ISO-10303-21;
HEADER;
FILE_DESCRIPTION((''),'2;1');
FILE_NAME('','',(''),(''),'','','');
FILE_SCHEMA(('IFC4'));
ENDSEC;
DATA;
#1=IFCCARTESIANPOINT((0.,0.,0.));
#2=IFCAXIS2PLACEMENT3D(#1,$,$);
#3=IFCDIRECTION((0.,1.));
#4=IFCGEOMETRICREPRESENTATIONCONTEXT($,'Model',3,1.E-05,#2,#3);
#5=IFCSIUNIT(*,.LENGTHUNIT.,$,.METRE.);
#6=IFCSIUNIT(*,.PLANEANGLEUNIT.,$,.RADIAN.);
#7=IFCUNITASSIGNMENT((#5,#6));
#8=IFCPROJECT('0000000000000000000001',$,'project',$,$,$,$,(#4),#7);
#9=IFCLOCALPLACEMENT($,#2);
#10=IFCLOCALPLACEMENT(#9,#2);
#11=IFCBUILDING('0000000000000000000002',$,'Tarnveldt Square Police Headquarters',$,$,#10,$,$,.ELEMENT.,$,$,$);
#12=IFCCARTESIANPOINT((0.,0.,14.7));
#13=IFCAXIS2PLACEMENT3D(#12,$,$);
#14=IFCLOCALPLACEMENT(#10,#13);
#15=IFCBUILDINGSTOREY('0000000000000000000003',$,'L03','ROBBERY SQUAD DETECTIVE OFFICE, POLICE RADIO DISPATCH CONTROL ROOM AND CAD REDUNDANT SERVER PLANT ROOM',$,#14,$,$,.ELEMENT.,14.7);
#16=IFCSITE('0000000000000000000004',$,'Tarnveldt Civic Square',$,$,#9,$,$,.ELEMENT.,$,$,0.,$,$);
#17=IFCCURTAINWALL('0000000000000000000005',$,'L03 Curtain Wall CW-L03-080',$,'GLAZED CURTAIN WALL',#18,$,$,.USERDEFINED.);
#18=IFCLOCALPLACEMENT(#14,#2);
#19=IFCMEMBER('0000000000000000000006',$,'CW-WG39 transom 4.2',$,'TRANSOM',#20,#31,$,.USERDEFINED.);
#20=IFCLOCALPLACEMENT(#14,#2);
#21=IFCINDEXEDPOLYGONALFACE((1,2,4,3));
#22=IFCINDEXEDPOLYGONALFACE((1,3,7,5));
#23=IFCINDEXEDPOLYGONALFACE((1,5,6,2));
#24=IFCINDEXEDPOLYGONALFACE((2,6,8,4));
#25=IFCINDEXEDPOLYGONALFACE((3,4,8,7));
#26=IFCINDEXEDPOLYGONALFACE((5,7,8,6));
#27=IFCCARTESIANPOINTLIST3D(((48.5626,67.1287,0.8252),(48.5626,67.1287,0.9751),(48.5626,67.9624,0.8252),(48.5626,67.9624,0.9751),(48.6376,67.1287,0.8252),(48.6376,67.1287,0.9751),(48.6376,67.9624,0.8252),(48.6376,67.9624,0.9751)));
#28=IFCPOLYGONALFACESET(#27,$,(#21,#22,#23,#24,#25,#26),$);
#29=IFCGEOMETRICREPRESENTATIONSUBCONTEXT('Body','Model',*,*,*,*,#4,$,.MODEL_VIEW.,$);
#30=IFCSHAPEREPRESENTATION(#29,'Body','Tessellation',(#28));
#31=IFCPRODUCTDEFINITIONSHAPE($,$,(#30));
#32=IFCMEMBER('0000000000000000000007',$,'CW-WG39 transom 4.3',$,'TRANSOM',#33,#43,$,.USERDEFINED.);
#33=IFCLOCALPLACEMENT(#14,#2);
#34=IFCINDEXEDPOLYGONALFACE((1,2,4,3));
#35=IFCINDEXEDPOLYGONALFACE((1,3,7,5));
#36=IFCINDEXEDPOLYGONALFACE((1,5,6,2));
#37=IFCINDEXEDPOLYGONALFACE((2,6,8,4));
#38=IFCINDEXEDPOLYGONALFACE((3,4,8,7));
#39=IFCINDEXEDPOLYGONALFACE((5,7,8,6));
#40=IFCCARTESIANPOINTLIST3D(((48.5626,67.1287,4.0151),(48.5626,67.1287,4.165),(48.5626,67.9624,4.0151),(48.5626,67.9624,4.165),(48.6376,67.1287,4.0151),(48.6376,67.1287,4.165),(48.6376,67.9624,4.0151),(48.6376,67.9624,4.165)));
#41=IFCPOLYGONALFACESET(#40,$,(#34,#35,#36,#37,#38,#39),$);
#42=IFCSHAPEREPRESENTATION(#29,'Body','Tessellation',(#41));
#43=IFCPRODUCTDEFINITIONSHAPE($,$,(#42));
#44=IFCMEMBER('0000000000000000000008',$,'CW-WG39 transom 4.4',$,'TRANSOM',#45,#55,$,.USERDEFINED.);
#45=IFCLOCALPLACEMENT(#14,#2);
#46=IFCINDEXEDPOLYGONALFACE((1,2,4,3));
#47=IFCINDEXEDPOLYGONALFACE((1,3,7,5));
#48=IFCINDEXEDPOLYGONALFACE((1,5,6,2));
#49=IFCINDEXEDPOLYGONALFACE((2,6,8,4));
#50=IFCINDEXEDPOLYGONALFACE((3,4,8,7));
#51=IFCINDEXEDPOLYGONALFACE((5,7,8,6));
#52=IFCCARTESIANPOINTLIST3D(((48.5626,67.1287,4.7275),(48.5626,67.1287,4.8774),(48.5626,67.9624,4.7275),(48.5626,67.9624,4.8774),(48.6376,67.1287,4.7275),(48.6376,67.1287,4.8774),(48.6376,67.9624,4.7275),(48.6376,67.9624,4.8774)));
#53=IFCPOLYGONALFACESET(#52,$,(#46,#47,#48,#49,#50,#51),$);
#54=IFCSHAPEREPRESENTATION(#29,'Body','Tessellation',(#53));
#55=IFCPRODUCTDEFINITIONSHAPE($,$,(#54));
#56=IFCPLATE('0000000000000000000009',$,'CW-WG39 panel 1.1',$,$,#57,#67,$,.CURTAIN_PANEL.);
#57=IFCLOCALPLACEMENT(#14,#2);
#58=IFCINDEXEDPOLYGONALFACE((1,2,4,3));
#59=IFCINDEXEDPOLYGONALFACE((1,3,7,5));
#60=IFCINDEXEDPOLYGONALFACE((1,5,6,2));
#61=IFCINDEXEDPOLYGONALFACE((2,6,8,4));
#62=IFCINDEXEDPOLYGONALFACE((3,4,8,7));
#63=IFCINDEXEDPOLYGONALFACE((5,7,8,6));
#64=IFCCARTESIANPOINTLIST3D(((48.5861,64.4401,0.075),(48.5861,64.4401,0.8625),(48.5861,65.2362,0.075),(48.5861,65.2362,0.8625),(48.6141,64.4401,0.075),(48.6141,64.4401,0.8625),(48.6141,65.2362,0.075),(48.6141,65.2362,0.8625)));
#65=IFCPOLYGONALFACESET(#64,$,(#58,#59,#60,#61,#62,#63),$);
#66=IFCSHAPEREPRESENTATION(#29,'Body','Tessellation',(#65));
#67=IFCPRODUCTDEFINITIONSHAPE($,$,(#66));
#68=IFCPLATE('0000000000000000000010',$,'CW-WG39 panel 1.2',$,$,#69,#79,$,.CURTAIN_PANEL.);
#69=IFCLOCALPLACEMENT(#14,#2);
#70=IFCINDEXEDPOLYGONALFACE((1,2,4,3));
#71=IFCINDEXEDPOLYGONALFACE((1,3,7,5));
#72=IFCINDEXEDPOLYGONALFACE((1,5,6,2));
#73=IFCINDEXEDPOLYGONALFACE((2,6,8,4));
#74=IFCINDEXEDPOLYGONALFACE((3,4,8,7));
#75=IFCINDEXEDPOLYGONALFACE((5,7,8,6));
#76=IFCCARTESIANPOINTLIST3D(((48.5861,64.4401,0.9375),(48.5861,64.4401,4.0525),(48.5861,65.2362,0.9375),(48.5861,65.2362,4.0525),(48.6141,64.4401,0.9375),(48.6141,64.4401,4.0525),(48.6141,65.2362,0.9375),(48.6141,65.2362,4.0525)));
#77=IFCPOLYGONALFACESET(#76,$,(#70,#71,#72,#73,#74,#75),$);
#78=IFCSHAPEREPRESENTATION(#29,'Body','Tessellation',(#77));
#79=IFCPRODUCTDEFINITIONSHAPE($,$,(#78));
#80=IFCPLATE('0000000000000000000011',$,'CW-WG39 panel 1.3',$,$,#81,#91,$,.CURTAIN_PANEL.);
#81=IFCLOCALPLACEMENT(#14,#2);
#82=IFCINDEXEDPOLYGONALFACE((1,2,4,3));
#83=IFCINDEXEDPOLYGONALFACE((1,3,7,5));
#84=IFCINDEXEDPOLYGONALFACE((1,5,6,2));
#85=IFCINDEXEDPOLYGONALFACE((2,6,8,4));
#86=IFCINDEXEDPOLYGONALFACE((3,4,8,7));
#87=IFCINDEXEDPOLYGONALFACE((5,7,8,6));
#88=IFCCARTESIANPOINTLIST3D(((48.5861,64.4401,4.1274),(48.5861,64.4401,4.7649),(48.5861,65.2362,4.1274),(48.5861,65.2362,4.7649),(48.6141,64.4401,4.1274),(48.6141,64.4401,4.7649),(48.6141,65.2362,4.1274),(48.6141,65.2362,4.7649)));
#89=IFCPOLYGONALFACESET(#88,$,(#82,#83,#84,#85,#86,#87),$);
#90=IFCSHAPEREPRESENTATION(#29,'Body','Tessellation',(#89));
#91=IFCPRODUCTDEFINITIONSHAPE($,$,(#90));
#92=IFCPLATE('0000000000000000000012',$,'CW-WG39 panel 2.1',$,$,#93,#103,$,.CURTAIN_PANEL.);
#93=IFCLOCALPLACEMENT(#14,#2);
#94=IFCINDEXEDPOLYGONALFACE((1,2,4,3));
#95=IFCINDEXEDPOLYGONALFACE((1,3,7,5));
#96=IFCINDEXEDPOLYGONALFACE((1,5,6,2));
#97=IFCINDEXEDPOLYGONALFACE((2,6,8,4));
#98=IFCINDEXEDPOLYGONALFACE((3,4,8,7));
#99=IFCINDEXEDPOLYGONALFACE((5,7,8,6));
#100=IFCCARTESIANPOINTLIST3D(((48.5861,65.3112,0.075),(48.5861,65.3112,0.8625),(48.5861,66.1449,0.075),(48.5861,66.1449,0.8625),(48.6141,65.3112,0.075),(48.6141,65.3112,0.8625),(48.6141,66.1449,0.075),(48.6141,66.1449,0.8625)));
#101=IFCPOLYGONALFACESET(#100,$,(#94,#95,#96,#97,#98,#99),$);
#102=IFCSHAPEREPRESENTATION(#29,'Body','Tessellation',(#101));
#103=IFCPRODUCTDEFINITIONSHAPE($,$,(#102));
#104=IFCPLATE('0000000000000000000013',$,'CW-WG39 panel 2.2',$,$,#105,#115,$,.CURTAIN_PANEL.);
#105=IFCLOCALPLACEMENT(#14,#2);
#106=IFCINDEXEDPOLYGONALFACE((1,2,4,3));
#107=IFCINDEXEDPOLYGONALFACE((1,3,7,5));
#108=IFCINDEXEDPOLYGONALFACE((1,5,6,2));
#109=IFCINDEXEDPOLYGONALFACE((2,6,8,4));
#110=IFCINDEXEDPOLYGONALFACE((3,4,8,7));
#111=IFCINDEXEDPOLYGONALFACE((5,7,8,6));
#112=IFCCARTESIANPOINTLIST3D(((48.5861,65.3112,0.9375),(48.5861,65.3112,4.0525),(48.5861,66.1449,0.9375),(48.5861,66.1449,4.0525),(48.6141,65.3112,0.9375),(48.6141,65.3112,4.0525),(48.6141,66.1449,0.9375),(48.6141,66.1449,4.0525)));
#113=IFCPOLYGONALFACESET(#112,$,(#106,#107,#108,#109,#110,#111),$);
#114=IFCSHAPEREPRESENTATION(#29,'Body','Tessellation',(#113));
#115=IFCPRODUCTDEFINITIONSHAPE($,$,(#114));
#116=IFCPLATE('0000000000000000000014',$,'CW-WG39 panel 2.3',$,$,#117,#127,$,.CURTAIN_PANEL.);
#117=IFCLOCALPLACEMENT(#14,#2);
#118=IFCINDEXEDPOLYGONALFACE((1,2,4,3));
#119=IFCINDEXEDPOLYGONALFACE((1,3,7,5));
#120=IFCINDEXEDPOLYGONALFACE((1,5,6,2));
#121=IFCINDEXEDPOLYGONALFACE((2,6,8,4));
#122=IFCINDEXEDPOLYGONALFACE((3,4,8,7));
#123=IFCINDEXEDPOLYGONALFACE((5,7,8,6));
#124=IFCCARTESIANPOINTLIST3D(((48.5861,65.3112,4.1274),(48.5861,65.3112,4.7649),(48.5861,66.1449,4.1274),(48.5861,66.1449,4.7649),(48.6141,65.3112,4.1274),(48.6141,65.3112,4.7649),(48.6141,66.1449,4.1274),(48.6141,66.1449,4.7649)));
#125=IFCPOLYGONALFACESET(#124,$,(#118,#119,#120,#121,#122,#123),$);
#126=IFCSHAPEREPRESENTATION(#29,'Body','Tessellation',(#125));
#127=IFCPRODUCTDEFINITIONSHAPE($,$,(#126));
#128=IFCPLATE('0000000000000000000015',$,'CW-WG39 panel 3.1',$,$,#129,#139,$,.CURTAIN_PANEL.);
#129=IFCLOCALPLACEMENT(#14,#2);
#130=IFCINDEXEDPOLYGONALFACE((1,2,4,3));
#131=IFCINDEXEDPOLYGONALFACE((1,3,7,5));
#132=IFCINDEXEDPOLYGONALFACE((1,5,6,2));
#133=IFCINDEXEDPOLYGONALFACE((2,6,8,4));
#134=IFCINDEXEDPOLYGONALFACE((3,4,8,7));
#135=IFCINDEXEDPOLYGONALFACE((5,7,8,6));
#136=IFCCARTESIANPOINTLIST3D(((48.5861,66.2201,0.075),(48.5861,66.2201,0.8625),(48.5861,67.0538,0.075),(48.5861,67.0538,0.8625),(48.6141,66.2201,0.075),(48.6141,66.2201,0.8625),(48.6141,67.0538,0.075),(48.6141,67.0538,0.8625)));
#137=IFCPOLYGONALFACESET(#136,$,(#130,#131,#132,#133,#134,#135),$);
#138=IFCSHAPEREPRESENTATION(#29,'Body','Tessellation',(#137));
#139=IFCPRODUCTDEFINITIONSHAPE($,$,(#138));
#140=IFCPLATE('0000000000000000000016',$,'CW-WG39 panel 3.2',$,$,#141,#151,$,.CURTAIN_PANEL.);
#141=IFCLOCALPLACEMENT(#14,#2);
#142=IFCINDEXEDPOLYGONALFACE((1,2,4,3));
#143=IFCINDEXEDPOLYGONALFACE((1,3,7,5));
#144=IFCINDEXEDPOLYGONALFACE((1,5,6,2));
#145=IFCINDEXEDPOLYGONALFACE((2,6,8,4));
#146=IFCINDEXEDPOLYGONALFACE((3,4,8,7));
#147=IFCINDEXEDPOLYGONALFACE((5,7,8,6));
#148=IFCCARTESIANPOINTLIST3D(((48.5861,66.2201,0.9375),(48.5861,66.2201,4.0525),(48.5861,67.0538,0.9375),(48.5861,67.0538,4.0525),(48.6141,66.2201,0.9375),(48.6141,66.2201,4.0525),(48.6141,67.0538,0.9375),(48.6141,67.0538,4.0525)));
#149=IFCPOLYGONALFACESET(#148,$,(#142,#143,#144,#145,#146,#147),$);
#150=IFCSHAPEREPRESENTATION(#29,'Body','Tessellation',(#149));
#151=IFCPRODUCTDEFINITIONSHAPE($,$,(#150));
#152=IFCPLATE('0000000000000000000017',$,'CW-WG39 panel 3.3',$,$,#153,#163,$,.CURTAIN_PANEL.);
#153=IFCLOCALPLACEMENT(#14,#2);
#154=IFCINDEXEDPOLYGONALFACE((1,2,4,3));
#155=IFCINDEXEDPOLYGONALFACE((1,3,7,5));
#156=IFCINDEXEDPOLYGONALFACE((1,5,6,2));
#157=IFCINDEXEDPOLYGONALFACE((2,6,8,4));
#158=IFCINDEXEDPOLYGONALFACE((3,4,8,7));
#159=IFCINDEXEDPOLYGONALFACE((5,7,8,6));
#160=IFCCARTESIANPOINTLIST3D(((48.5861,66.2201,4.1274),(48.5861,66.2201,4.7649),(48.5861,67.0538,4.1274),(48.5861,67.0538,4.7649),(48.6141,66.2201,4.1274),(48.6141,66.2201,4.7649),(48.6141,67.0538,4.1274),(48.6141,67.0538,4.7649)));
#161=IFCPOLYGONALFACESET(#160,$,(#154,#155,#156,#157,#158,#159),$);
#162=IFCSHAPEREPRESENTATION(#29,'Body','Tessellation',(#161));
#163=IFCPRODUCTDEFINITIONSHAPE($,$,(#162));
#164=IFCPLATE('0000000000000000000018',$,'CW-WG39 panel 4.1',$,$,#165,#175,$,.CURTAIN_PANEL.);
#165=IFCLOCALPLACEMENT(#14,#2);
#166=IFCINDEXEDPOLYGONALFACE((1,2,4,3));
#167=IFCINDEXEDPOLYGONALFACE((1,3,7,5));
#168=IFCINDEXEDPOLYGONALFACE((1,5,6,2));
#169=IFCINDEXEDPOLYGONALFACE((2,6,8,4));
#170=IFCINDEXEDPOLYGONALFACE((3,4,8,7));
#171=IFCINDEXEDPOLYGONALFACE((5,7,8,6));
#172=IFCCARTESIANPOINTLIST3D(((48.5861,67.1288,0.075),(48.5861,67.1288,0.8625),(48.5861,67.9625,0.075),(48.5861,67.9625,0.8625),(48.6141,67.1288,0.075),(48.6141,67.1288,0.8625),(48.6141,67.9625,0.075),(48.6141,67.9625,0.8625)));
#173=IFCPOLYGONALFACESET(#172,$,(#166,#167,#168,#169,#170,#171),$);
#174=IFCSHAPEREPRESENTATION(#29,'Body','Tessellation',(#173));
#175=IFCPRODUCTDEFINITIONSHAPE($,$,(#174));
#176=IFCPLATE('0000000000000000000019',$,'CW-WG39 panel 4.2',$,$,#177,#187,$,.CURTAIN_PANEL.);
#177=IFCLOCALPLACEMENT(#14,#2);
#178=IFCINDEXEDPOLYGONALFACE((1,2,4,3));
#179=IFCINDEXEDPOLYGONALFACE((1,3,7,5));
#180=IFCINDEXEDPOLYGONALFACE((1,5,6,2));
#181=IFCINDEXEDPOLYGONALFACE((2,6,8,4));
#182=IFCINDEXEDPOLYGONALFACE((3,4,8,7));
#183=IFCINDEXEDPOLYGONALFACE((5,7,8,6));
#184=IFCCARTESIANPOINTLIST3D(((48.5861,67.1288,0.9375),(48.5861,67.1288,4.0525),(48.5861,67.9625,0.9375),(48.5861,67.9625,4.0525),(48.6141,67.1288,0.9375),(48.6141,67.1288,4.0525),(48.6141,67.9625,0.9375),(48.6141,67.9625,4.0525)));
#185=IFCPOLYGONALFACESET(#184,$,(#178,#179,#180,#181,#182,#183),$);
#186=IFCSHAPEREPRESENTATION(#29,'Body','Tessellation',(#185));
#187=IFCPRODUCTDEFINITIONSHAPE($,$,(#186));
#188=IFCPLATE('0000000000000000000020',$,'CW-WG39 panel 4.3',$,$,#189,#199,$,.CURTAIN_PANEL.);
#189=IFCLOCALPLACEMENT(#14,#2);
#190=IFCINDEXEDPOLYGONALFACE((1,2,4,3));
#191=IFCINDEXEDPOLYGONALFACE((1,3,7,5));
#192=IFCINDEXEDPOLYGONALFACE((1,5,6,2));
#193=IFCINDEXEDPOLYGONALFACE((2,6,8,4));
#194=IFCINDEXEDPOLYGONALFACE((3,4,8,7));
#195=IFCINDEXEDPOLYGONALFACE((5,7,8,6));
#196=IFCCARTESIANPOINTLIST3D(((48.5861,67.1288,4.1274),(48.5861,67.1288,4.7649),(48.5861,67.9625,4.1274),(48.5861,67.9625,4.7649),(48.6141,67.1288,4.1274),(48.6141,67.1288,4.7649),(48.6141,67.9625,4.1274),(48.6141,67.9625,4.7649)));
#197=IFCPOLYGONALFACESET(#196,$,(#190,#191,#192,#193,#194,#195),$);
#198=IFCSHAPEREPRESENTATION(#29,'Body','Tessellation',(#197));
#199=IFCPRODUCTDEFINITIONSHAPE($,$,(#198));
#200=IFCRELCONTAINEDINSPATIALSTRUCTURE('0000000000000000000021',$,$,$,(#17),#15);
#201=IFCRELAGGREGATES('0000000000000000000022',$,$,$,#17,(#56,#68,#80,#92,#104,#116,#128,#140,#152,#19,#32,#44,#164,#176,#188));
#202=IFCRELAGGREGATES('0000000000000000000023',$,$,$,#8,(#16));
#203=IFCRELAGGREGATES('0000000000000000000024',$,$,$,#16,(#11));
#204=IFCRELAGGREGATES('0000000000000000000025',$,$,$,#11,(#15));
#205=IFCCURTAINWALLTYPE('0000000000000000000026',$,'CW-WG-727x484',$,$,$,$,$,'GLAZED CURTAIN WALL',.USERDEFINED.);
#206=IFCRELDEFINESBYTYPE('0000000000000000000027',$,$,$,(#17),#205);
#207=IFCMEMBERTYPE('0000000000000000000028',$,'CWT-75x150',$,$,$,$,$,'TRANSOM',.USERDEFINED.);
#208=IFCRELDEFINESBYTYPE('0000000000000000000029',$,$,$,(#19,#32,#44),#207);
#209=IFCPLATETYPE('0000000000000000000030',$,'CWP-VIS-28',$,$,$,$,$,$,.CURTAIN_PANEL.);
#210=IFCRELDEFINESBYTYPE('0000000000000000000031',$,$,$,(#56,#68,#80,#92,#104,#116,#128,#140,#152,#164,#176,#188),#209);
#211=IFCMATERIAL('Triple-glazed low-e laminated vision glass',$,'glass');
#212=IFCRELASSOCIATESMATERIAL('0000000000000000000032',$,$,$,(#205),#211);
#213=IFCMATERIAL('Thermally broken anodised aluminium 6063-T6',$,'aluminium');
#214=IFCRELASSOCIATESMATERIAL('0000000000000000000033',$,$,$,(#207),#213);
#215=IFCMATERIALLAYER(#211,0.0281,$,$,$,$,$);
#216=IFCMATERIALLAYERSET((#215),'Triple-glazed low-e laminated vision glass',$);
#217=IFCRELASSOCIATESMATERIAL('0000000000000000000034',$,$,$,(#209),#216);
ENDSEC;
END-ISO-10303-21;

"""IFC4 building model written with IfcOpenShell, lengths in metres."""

from ifc_helpers import new_model, si_unit, direction, frame, origin, origin_2d, place, context, subcontext, project, spatial, rectangle, extrude, material, layer, layer_set, material_profile, profile_set, type_object, element, aggregate, save


model = new_model("IFC4")

# Units and contexts
model_context = context("Model", 3, precision=1e-05, world=origin(), true_north=direction((0.0, 1.0)))
body_context = subcontext(model_context, "Body", "Model", "MODEL_VIEW")
ifc_project = project(units=[si_unit("LENGTHUNIT", "METRE"), si_unit("PLANEANGLEUNIT", "RADIAN")], contexts=[model_context])

# Site, building, storey
site_placement = place(None, origin())
site = spatial("IfcSite", under=ifc_project, at=site_placement, Name="Tarnveldt Civic Square", CompositionType="ELEMENT", RefElevation=0.0)
building_placement = place(site_placement, origin())
building = spatial("IfcBuilding", under=site, at=building_placement, Name="Tarnveldt Square Police Headquarters", CompositionType="ELEMENT")
storey_placement = place(building_placement, frame((0.0, 0.0, 14.7)))
storey = spatial("IfcBuildingStorey", under=building, at=storey_placement, Name="L03", Description="ROBBERY SQUAD DETECTIVE OFFICE, POLICE RADIO DISPATCH CONTROL ROOM AND CAD REDUNDANT SERVER PLANT ROOM", CompositionType="ELEMENT", Elevation=14.7)

# Curtain wall, members, plates
ifc_material_1 = material(Name="Triple-glazed low-e laminated vision glass", Category="glass")
curtain_wall_type = type_object("IfcCurtainWallType", Name="CW-WG-727x484", ElementType="GLAZED CURTAIN WALL", PredefinedType="USERDEFINED", material=ifc_material_1)
curtain_wall_placement = place(storey_placement, origin())
curtain_wall = element("IfcCurtainWall", 1, at=curtain_wall_placement, inside=storey, type_object=curtain_wall_type, Name="L03 Curtain Wall CW-L03-080", ObjectType="GLAZED CURTAIN WALL", PredefinedType="USERDEFINED")
ifc_material_2 = material(Name="Thermally broken anodised aluminium 6063-T6", Category="aluminium")
ifc_material_profile_1 = material_profile(ifc_material_2, rectangle(XDim=0.075, YDim=0.1499, at=origin_2d()), Name="CW-T75x150")
ifc_profile_set_1 = profile_set([ifc_material_profile_1], Name="Thermally broken anodised aluminium 6063-T6")
member_type_1 = type_object("IfcMemberType", Name="CWT-75x150", ElementType="TRANSOM", PredefinedType="USERDEFINED", material=ifc_profile_set_1)
member_1_placement = place(storey_placement, frame((48.6001, 67.1287, 0.9001), z_axis=(0.0, 1.0, 0.0), x_axis=(-1.0, 0.0, 0.0)))
member_1 = element("IfcMember", 2, at=member_1_placement, type_object=member_type_1, Name="CW-WG39 transom 4.2", ObjectType="TRANSOM", PredefinedType="USERDEFINED", context=body_context, shape_type="SweptSolid", body=[
    extrude(rectangle(XDim=0.075, YDim=0.1499, at=origin_2d()), origin(), (0.0, 0.0, 1.0), 0.8337),
])
member_2_placement = place(storey_placement, frame((48.6001, 67.1287, 4.0901), z_axis=(0.0, 1.0, 0.0), x_axis=(-1.0, 0.0, 0.0)))
member_2 = element("IfcMember", 3, at=member_2_placement, type_object=member_type_1, Name="CW-WG39 transom 4.3", ObjectType="TRANSOM", PredefinedType="USERDEFINED", context=body_context, shape_type="SweptSolid", body=[
    extrude(rectangle(XDim=0.075, YDim=0.1499, at=origin_2d()), origin(), (0.0, 0.0, 1.0), 0.8337),
])
member_3_placement = place(storey_placement, frame((48.6001, 67.1287, 4.8025), z_axis=(0.0, 1.0, 0.0), x_axis=(-1.0, 0.0, 0.0)))
member_3 = element("IfcMember", 4, at=member_3_placement, type_object=member_type_1, Name="CW-WG39 transom 4.4", ObjectType="TRANSOM", PredefinedType="USERDEFINED", context=body_context, shape_type="SweptSolid", body=[
    extrude(rectangle(XDim=0.075, YDim=0.1499, at=origin_2d()), origin(), (0.0, 0.0, 1.0), 0.8337),
])
ifc_layer = layer(ifc_material_1, 0.0281)
ifc_layer_set = layer_set([ifc_layer], Name="Triple-glazed low-e laminated vision glass")
plate_type = type_object("IfcPlateType", Name="CWP-VIS-28", PredefinedType="CURTAIN_PANEL", material=ifc_layer_set)
plate_1_placement = place(storey_placement, frame((48.6001, 64.8381, 0.075), z_axis=(0.0, 0.0, 1.0), x_axis=(0.0, 1.0, 0.0)))
plate_1 = element("IfcPlate", 5, at=plate_1_placement, type_object=plate_type, Name="CW-WG39 panel 1.1", PredefinedType="CURTAIN_PANEL", context=body_context, shape_type="SweptSolid", body=[
    extrude(rectangle(XDim=0.7961, YDim=0.0281, at=origin_2d()), origin(), (0.0, 0.0, 1.0), 0.7876),
])
plate_2_placement = place(storey_placement, frame((48.6001, 64.8381, 0.9375), z_axis=(0.0, 0.0, 1.0), x_axis=(0.0, 1.0, 0.0)))
plate_2 = element("IfcPlate", 6, at=plate_2_placement, type_object=plate_type, Name="CW-WG39 panel 1.2", PredefinedType="CURTAIN_PANEL", context=body_context, shape_type="SweptSolid", body=[
    extrude(rectangle(XDim=0.7961, YDim=0.0281, at=origin_2d()), origin(), (0.0, 0.0, 1.0), 3.115),
])
plate_3_placement = place(storey_placement, frame((48.6001, 64.8381, 4.1274), z_axis=(0.0, 0.0, 1.0), x_axis=(0.0, 1.0, 0.0)))
plate_3 = element("IfcPlate", 7, at=plate_3_placement, type_object=plate_type, Name="CW-WG39 panel 1.3", PredefinedType="CURTAIN_PANEL", context=body_context, shape_type="SweptSolid", body=[
    extrude(rectangle(XDim=0.7961, YDim=0.0281, at=origin_2d()), origin(), (0.0, 0.0, 1.0), 0.6375),
])
plate_4_placement = place(storey_placement, frame((48.6001, 65.728, 0.075), z_axis=(0.0, 0.0, 1.0), x_axis=(0.0, 1.0, 0.0)))
plate_4 = element("IfcPlate", 8, at=plate_4_placement, type_object=plate_type, Name="CW-WG39 panel 2.1", PredefinedType="CURTAIN_PANEL", context=body_context, shape_type="SweptSolid", body=[
    extrude(rectangle(XDim=0.8337, YDim=0.0281, at=origin_2d()), origin(), (0.0, 0.0, 1.0), 0.7876),
])
plate_5_placement = place(storey_placement, frame((48.6001, 65.728, 0.9375), z_axis=(0.0, 0.0, 1.0), x_axis=(0.0, 1.0, 0.0)))
plate_5 = element("IfcPlate", 9, at=plate_5_placement, type_object=plate_type, Name="CW-WG39 panel 2.2", PredefinedType="CURTAIN_PANEL", context=body_context, shape_type="SweptSolid", body=[
    extrude(rectangle(XDim=0.8337, YDim=0.0281, at=origin_2d()), origin(), (0.0, 0.0, 1.0), 3.115),
])
plate_6_placement = place(storey_placement, frame((48.6001, 65.728, 4.1274), z_axis=(0.0, 0.0, 1.0), x_axis=(0.0, 1.0, 0.0)))
plate_6 = element("IfcPlate", 10, at=plate_6_placement, type_object=plate_type, Name="CW-WG39 panel 2.3", PredefinedType="CURTAIN_PANEL", context=body_context, shape_type="SweptSolid", body=[
    extrude(rectangle(XDim=0.8337, YDim=0.0281, at=origin_2d()), origin(), (0.0, 0.0, 1.0), 0.6375),
])
plate_7_placement = place(storey_placement, frame((48.6001, 66.637, 0.075), z_axis=(0.0, 0.0, 1.0), x_axis=(0.0, 1.0, 0.0)))
plate_7 = element("IfcPlate", 11, at=plate_7_placement, type_object=plate_type, Name="CW-WG39 panel 3.1", PredefinedType="CURTAIN_PANEL", context=body_context, shape_type="SweptSolid", body=[
    extrude(rectangle(XDim=0.8337, YDim=0.0281, at=origin_2d()), origin(), (0.0, 0.0, 1.0), 0.7876),
])
plate_8_placement = place(storey_placement, frame((48.6001, 66.637, 0.9375), z_axis=(0.0, 0.0, 1.0), x_axis=(0.0, 1.0, 0.0)))
plate_8 = element("IfcPlate", 12, at=plate_8_placement, type_object=plate_type, Name="CW-WG39 panel 3.2", PredefinedType="CURTAIN_PANEL", context=body_context, shape_type="SweptSolid", body=[
    extrude(rectangle(XDim=0.8337, YDim=0.0281, at=origin_2d()), origin(), (0.0, 0.0, 1.0), 3.115),
])
plate_9_placement = place(storey_placement, frame((48.6001, 66.637, 4.1274), z_axis=(0.0, 0.0, 1.0), x_axis=(0.0, 1.0, 0.0)))
plate_9 = element("IfcPlate", 13, at=plate_9_placement, type_object=plate_type, Name="CW-WG39 panel 3.3", PredefinedType="CURTAIN_PANEL", context=body_context, shape_type="SweptSolid", body=[
    extrude(rectangle(XDim=0.8337, YDim=0.0281, at=origin_2d()), origin(), (0.0, 0.0, 1.0), 0.6375),
])
plate_10_placement = place(storey_placement, frame((48.6001, 67.5457, 0.075), z_axis=(0.0, 0.0, 1.0), x_axis=(0.0, 1.0, 0.0)))
plate_10 = element("IfcPlate", 14, at=plate_10_placement, type_object=plate_type, Name="CW-WG39 panel 4.1", PredefinedType="CURTAIN_PANEL", context=body_context, shape_type="SweptSolid", body=[
    extrude(rectangle(XDim=0.8337, YDim=0.0281, at=origin_2d()), origin(), (0.0, 0.0, 1.0), 0.7876),
])
plate_11_placement = place(storey_placement, frame((48.6001, 67.5457, 0.9375), z_axis=(0.0, 0.0, 1.0), x_axis=(0.0, 1.0, 0.0)))
plate_11 = element("IfcPlate", 15, at=plate_11_placement, type_object=plate_type, Name="CW-WG39 panel 4.2", PredefinedType="CURTAIN_PANEL", context=body_context, shape_type="SweptSolid", body=[
    extrude(rectangle(XDim=0.8337, YDim=0.0281, at=origin_2d()), origin(), (0.0, 0.0, 1.0), 3.115),
])
plate_12_placement = place(storey_placement, frame((48.6001, 67.5457, 4.1274), z_axis=(0.0, 0.0, 1.0), x_axis=(0.0, 1.0, 0.0)))
plate_12 = element("IfcPlate", 16, at=plate_12_placement, type_object=plate_type, Name="CW-WG39 panel 4.3", PredefinedType="CURTAIN_PANEL", context=body_context, shape_type="SweptSolid", body=[
    extrude(rectangle(XDim=0.8337, YDim=0.0281, at=origin_2d()), origin(), (0.0, 0.0, 1.0), 0.6375),
])
aggregate(curtain_wall, [plate_1, plate_2, plate_3, plate_4, plate_5, plate_6, plate_7, plate_8, plate_9, member_1, member_2, member_3, plate_10, plate_11, plate_12])

save(model, "model.ifc")
